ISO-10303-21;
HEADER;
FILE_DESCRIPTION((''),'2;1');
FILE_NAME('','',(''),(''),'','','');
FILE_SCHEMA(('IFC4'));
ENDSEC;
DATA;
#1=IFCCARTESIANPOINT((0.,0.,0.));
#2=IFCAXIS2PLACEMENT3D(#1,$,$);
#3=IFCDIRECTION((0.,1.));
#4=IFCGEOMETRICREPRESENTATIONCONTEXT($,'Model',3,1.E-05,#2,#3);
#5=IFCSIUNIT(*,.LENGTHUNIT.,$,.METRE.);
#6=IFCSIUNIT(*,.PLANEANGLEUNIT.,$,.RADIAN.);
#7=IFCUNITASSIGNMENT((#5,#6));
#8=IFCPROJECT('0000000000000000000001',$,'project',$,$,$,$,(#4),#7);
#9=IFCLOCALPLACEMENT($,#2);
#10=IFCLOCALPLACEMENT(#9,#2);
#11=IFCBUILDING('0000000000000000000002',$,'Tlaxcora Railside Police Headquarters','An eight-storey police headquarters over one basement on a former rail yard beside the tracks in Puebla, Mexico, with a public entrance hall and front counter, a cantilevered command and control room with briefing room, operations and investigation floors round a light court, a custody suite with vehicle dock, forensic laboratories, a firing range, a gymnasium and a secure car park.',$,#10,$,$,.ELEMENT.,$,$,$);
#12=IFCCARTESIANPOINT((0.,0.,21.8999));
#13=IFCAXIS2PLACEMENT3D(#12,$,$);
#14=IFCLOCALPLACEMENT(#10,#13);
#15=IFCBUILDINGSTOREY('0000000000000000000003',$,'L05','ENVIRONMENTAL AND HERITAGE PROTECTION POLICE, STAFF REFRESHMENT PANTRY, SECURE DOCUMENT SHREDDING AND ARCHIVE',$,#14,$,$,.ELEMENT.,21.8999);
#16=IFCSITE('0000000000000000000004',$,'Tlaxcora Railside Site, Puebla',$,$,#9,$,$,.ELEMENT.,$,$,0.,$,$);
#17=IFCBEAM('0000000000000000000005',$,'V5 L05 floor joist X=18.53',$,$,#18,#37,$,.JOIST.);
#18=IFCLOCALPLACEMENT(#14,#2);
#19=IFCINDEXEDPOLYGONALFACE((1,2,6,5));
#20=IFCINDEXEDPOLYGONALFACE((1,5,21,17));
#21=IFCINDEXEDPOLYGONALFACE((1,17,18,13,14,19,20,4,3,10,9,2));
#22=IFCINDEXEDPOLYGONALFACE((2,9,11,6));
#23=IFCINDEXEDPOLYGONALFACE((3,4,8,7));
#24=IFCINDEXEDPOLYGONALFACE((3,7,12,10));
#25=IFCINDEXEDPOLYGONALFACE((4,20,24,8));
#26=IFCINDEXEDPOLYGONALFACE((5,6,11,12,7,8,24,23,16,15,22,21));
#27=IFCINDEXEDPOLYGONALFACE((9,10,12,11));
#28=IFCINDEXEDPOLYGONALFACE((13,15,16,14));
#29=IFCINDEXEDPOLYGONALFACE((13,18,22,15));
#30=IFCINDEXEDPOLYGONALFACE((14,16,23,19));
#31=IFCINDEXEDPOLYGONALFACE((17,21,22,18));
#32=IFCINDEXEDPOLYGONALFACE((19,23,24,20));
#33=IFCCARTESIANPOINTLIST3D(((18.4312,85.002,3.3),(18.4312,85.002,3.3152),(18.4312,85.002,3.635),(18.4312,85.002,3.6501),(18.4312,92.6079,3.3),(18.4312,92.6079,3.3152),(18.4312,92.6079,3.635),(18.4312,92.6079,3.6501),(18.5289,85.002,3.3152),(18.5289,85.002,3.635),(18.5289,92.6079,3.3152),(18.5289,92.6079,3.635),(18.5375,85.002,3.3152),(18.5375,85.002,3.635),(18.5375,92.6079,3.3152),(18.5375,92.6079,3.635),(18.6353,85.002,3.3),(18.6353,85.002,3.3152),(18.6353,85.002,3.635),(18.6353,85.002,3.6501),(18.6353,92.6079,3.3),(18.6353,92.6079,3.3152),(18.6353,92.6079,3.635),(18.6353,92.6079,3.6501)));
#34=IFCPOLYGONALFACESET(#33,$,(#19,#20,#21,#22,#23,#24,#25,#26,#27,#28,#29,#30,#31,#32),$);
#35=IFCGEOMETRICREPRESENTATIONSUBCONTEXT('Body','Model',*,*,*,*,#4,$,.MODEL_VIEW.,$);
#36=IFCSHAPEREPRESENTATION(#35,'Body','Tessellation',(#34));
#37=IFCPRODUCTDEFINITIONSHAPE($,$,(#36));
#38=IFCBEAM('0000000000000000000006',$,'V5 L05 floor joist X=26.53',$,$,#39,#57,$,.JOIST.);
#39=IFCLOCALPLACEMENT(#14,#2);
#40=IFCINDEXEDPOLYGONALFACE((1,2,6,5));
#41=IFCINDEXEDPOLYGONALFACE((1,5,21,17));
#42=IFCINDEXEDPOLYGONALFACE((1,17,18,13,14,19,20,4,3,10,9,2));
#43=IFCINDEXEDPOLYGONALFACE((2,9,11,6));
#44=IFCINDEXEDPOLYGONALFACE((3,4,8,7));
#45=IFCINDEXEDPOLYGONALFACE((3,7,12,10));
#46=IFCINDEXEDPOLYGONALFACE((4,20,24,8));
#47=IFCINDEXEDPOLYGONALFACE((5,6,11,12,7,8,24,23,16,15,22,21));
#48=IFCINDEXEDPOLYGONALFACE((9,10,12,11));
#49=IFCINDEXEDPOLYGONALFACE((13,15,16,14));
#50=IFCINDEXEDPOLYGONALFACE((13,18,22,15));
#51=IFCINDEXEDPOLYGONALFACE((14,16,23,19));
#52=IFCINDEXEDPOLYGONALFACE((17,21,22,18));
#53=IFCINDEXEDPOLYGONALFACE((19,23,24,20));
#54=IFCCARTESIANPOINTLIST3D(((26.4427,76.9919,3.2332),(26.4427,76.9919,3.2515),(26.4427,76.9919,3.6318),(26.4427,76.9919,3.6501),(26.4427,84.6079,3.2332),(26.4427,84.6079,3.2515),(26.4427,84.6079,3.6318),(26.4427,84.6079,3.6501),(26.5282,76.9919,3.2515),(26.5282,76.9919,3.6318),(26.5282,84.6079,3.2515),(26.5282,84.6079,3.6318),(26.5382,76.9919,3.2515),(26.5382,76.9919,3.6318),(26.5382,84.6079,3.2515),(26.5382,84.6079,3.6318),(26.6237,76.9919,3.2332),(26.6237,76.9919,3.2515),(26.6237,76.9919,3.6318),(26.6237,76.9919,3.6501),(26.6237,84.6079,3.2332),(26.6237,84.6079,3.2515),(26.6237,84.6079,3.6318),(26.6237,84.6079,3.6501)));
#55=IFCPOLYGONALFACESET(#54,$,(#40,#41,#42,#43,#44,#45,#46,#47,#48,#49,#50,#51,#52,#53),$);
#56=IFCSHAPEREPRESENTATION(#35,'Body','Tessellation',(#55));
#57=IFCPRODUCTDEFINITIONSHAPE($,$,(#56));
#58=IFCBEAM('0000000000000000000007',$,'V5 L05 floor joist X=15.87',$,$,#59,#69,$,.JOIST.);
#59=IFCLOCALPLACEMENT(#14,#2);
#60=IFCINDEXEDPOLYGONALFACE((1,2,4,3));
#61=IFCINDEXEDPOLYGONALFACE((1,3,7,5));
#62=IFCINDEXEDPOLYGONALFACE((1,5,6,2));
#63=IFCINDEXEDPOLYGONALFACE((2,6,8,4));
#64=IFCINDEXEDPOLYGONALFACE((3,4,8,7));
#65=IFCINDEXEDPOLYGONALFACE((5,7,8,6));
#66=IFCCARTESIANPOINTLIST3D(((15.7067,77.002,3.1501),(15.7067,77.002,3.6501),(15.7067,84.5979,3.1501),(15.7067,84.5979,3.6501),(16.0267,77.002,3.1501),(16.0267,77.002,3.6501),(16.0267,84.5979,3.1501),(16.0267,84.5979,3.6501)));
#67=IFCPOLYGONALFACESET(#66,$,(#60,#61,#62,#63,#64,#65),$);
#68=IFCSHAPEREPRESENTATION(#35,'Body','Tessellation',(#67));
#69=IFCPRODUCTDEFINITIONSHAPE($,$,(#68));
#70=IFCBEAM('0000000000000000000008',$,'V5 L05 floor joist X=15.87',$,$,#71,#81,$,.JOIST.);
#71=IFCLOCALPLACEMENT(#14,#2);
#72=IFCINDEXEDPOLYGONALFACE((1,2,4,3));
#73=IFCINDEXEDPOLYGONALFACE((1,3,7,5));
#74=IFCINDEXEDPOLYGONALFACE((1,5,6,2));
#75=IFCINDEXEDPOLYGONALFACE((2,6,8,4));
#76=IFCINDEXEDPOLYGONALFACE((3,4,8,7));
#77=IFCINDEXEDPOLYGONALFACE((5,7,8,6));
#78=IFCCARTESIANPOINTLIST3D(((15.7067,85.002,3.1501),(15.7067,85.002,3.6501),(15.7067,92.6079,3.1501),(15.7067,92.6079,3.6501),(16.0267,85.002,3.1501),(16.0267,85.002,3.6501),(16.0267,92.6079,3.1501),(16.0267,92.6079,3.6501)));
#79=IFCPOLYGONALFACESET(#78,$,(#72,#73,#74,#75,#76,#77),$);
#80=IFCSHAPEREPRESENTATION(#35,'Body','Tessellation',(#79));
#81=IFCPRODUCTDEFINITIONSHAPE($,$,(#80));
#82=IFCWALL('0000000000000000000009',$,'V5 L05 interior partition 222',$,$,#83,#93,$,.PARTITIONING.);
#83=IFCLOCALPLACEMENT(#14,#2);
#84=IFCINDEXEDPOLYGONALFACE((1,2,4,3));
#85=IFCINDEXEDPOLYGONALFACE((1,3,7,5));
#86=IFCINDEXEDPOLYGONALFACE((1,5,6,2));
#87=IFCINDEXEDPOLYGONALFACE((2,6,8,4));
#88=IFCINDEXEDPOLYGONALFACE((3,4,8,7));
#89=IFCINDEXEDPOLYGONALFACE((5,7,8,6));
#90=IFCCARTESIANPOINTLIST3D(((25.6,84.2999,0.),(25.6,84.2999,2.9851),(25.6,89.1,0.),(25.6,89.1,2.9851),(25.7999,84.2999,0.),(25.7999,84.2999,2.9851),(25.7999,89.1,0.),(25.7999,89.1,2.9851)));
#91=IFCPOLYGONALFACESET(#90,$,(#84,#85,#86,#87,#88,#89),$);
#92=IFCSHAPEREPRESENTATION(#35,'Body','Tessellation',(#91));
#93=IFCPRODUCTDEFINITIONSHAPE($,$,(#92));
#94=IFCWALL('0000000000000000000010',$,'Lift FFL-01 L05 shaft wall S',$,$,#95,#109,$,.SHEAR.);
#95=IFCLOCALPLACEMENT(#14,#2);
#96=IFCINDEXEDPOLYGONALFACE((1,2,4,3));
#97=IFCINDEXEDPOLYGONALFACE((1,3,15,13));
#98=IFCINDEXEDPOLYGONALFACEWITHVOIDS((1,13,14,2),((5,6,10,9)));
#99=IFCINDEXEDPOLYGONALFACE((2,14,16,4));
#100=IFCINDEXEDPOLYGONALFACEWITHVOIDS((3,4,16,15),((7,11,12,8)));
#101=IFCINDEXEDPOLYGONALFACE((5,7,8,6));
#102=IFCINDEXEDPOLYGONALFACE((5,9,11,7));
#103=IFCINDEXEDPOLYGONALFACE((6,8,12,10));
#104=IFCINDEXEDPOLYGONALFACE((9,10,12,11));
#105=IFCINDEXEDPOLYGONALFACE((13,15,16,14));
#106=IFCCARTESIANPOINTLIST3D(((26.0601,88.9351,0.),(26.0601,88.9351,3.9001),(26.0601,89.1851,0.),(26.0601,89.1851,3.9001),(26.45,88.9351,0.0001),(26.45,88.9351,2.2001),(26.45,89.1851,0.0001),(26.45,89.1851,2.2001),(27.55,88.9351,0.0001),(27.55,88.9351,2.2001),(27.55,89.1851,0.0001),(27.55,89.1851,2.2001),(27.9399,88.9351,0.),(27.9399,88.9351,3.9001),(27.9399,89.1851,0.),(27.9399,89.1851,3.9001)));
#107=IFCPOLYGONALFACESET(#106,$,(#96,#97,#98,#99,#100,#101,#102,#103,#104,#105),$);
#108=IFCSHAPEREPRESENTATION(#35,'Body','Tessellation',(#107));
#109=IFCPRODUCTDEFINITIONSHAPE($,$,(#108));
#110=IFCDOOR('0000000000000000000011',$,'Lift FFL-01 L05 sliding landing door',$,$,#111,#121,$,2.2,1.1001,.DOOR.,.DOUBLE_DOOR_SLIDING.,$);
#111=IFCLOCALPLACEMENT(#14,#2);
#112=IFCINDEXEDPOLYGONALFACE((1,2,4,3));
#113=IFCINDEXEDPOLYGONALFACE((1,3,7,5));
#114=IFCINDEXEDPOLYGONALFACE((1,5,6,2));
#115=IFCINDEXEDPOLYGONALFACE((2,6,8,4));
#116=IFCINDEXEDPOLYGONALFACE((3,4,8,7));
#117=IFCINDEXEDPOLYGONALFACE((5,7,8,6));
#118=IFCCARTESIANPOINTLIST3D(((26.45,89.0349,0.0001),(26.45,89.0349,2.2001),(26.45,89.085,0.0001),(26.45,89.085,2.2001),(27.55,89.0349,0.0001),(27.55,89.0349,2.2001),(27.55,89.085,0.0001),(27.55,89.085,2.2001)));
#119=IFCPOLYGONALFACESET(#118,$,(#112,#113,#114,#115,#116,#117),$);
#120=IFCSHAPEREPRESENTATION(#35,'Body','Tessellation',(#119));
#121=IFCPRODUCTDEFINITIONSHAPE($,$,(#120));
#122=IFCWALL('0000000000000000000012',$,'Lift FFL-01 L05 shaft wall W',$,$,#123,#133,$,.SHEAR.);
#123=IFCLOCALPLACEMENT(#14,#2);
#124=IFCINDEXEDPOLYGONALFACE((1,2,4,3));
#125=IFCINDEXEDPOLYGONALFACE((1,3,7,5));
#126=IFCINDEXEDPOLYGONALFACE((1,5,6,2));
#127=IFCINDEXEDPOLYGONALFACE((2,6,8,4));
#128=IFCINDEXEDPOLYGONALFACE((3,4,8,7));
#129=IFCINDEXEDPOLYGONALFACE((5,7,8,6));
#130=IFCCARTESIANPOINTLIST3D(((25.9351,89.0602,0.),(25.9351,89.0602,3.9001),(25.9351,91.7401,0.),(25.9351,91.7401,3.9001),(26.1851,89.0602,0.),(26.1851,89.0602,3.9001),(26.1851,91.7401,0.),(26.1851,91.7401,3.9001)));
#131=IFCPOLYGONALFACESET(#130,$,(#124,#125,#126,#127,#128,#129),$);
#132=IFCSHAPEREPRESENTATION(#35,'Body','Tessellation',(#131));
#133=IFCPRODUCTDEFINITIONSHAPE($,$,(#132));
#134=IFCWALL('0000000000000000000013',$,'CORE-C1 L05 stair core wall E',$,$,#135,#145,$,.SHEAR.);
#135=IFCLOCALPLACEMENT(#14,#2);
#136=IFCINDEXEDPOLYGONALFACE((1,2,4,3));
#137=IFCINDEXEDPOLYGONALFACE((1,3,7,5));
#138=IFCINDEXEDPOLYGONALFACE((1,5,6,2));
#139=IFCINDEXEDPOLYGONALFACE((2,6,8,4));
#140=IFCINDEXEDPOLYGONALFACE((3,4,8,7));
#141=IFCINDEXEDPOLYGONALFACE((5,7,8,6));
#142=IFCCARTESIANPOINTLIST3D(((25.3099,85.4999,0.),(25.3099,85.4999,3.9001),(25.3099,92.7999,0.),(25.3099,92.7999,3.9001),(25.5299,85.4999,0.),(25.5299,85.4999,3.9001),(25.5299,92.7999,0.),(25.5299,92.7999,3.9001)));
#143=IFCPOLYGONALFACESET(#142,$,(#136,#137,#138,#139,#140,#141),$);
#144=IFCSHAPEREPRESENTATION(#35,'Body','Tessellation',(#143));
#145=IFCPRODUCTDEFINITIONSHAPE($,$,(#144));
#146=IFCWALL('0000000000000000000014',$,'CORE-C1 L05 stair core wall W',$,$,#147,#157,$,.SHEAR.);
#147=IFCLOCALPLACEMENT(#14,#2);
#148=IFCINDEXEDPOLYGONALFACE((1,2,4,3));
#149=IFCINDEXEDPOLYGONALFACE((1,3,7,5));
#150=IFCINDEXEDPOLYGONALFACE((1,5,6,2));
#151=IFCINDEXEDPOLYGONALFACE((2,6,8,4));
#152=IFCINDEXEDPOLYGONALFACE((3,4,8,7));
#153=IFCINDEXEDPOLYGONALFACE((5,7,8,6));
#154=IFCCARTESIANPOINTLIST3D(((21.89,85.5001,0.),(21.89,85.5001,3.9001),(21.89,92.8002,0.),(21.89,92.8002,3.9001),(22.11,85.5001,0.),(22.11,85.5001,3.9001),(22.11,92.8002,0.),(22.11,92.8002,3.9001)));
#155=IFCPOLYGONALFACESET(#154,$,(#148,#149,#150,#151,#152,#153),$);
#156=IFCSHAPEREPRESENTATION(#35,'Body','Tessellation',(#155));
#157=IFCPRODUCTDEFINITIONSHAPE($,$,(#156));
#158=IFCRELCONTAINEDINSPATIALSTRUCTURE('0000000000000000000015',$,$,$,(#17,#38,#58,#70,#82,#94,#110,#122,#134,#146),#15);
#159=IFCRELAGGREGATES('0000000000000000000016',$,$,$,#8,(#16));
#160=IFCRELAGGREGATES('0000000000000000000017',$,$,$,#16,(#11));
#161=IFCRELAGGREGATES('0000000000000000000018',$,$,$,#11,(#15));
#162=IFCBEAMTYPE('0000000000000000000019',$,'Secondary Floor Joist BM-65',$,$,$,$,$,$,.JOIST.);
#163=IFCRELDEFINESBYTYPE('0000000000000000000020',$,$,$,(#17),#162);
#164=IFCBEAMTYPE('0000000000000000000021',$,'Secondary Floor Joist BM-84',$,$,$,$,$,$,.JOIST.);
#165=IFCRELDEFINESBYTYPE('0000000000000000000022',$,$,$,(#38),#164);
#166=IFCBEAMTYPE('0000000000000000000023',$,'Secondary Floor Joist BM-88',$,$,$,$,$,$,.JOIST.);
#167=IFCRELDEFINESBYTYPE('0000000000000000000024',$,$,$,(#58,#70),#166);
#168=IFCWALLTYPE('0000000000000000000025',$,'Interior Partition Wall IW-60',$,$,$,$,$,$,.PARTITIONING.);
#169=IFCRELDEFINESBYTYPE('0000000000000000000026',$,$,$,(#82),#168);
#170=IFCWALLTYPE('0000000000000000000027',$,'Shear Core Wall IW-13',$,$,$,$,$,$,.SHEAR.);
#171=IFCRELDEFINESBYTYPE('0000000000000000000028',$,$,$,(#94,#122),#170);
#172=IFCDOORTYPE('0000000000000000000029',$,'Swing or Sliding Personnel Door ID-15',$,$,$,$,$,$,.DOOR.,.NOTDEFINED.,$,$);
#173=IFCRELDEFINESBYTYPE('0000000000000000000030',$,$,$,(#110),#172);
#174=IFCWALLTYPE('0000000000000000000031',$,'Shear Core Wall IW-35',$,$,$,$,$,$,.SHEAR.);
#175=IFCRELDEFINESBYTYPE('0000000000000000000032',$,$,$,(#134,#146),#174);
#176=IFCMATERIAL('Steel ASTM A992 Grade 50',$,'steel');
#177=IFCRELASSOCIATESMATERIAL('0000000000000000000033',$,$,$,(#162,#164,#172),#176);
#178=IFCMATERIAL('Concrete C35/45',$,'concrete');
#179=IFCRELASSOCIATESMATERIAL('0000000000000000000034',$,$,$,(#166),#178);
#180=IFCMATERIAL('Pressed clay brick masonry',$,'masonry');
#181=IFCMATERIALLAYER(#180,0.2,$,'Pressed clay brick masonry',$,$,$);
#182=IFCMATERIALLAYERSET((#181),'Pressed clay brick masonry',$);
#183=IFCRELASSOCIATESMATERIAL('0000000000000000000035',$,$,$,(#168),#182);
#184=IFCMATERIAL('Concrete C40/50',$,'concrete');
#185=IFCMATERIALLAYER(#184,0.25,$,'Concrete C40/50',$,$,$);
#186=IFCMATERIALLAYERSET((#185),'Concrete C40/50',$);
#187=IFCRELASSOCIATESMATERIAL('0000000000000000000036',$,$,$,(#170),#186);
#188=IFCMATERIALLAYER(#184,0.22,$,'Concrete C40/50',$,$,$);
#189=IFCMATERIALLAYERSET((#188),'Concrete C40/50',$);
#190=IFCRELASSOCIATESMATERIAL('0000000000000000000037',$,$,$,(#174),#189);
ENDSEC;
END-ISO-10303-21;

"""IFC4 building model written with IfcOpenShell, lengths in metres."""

from ifc_helpers import new_model, si_unit, direction, frame, frame_2d, origin, origin_2d, place, context, subcontext, project, spatial, rectangle, i_section, extrude, material, layer, layer_set, material_profile, profile_set, type_object, element, fill, save


model = new_model("IFC4")

# Units and contexts
model_context = context("Model", 3, precision=1e-05, world=origin(), true_north=direction((0.0, 1.0)))
body_context = subcontext(model_context, "Body", "Model", "MODEL_VIEW")
ifc_project = project(units=[si_unit("LENGTHUNIT", "METRE"), si_unit("PLANEANGLEUNIT", "RADIAN")], contexts=[model_context])

# Site, building, storey
site_placement = place(None, origin())
site = spatial("IfcSite", under=ifc_project, at=site_placement, Name="Tlaxcora Railside Site, Puebla", CompositionType="ELEMENT", RefElevation=0.0)
building_placement = place(site_placement, origin())
building = spatial("IfcBuilding", under=site, at=building_placement, Name="Tlaxcora Railside Police Headquarters", Description="An eight-storey police headquarters over one basement on a former rail yard beside the tracks in Puebla, Mexico, with a public entrance hall and front counter, a cantilevered command and control room with briefing room, operations and investigation floors round a light court, a custody suite with vehicle dock, forensic laboratories, a firing range, a gymnasium and a secure car park.", CompositionType="ELEMENT")
storey_placement = place(building_placement, frame((0.0, 0.0, 21.8999)))
storey = spatial("IfcBuildingStorey", under=building, at=storey_placement, Name="L05", Description="ENVIRONMENTAL AND HERITAGE PROTECTION POLICE, STAFF REFRESHMENT PANTRY, SECURE DOCUMENT SHREDDING AND ARCHIVE", CompositionType="ELEMENT", Elevation=21.8999)

# Shared definitions
ifc_material_1 = material(Name="Concrete C40/50", Category="concrete")

# Beams
ifc_material_2 = material(Name="Steel ASTM A992 Grade 50", Category="steel")
ifc_material_profile_1 = material_profile(ifc_material_2, i_section(OverallWidth=0.2041, OverallDepth=0.3501, WebThickness=0.0085, FlangeThickness=0.0151, at=origin_2d()), Name="W14X48")
ifc_profile_set_1 = profile_set([ifc_material_profile_1], Name="Steel ASTM A992 Grade 50")
beam_type_1 = type_object("IfcBeamType", Name="Secondary Floor Joist BM-65", PredefinedType="JOIST", material=ifc_profile_set_1)
beam_1_placement = place(storey_placement, frame((18.5332, 85.002, 3.4751), z_axis=(0.0, 1.0, 0.0), x_axis=(-1.0, 0.0, 0.0)))
element("IfcBeam", 1, at=beam_1_placement, inside=storey, type_object=beam_type_1, Name="V5 L05 floor joist X=18.53", PredefinedType="JOIST", context=body_context, shape_type="SweptSolid", body=[
    extrude(i_section(OverallWidth=0.2041, OverallDepth=0.3501, WebThickness=0.0085, FlangeThickness=0.0151, at=origin_2d()), origin(), (0.0, 0.0, 1.0), 7.606),
])
ifc_material_profile_2 = material_profile(ifc_material_2, i_section(OverallWidth=0.1809, OverallDepth=0.417, WebThickness=0.01, FlangeThickness=0.0183, at=origin_2d()), Name="W16X57")
ifc_profile_set_2 = profile_set([ifc_material_profile_2], Name="Steel ASTM A992 Grade 50")
beam_type_2 = type_object("IfcBeamType", Name="Secondary Floor Joist BM-84", PredefinedType="JOIST", material=ifc_profile_set_2)
beam_2_placement = place(storey_placement, frame((26.5332, 76.9919, 3.4417), z_axis=(0.0, 1.0, 0.0), x_axis=(-1.0, 0.0, 0.0)))
element("IfcBeam", 2, at=beam_2_placement, inside=storey, type_object=beam_type_2, Name="V5 L05 floor joist X=26.53", PredefinedType="JOIST", context=body_context, shape_type="SweptSolid", body=[
    extrude(i_section(OverallWidth=0.1809, OverallDepth=0.417, WebThickness=0.01, FlangeThickness=0.0183, at=origin_2d()), origin(), (0.0, 0.0, 1.0), 7.616),
])
ifc_material_3 = material(Name="Concrete C35/45", Category="concrete")
ifc_material_profile_3 = material_profile(ifc_material_3, rectangle(XDim=0.3201, YDim=0.5, at=origin_2d()), Name="RC320X500")
ifc_profile_set_3 = profile_set([ifc_material_profile_3], Name="Concrete C35/45")
beam_type_3 = type_object("IfcBeamType", Name="Secondary Floor Joist BM-88", PredefinedType="JOIST", material=ifc_profile_set_3)
beam_3_placement = place(storey_placement, frame((15.8667, 77.002, 3.4001), z_axis=(0.0, 1.0, 0.0), x_axis=(-1.0, 0.0, 0.0)))
element("IfcBeam", 3, at=beam_3_placement, inside=storey, type_object=beam_type_3, Name="V5 L05 floor joist X=15.87", PredefinedType="JOIST", context=body_context, shape_type="SweptSolid", body=[
    extrude(rectangle(XDim=0.3201, YDim=0.5, at=origin_2d()), origin(), (0.0, 0.0, 1.0), 7.5959),
])
beam_4_placement = place(storey_placement, frame((15.8667, 85.002, 3.4001), z_axis=(0.0, 1.0, 0.0), x_axis=(-1.0, 0.0, 0.0)))
element("IfcBeam", 4, at=beam_4_placement, inside=storey, type_object=beam_type_3, Name="V5 L05 floor joist X=15.87", PredefinedType="JOIST", context=body_context, shape_type="SweptSolid", body=[
    extrude(rectangle(XDim=0.3201, YDim=0.5, at=origin_2d()), origin(), (0.0, 0.0, 1.0), 7.606),
])

# Shared definitions
ifc_material_4 = material(Name="Pressed clay brick masonry", Category="masonry")
ifc_layer_1 = layer(ifc_material_4, 0.2, Name="Pressed clay brick masonry")
ifc_layer_set_1 = layer_set([ifc_layer_1], Name="Pressed clay brick masonry")
wall_type_1 = type_object("IfcWallType", Name="Interior Partition Wall IW-60", PredefinedType="PARTITIONING", material=ifc_layer_set_1)

# Wall
wall_1_placement = place(storey_placement, frame((25.7, 84.3, 0.0), z_axis=(0.0, 0.0, 1.0), x_axis=(0.0, 1.0, 0.0)))
element("IfcWall", 5, at=wall_1_placement, inside=storey, type_object=wall_type_1, Name="V5 L05 interior partition 222", PredefinedType="PARTITIONING", context=body_context, shape_type="SweptSolid", body=[
    extrude(rectangle(XDim=4.8, YDim=0.2, at=frame_2d((2.3999, 0.0))), origin(), (0.0, 0.0, 1.0), 2.9851),
])

# Wall, opening, door
ifc_layer_2 = layer(ifc_material_1, 0.25, Name="Concrete C40/50")
ifc_layer_set_2 = layer_set([ifc_layer_2], Name="Concrete C40/50")
wall_type_2 = type_object("IfcWallType", Name="Shear Core Wall IW-13", PredefinedType="SHEAR", material=ifc_layer_set_2)
wall_2_placement = place(storey_placement, frame((26.0601, 89.0601, 0.0), z_axis=(0.0, 0.0, 1.0), x_axis=(1.0, 0.0, 0.0)))
wall_2 = element("IfcWall", 6, at=wall_2_placement, inside=storey, type_object=wall_type_2, Name="Lift FFL-01 L05 shaft wall S", PredefinedType="SHEAR", context=body_context, shape_type="SweptSolid", body=[
    extrude(rectangle(XDim=1.8799, YDim=0.25, at=frame_2d((0.9399, 0.0))), origin(), (0.0, 0.0, 1.0), 3.9001),
])
opening_1_placement = place(wall_2_placement, frame((0.3899, 0.0, 0.0)))
opening_1 = element("IfcOpeningElement", 7, at=opening_1_placement, cuts=wall_2, PredefinedType="OPENING", context=body_context, shape_type="SweptSolid", body=[
    extrude(rectangle(XDim=1.1001, YDim=2.2, at=frame_2d((0.55, 1.1001))), frame((0.0, 0.135, 0.0), z_axis=(0.0, -1.0, 0.0), x_axis=(1.0, 0.0, 0.0)), (0.0, 0.0, 1.0), 0.27),
])
door_type_1 = type_object("IfcDoorType", Name="Swing or Sliding Personnel Door ID-15", OperationType="NOTDEFINED", PredefinedType="DOOR", material=ifc_material_2)
door_1_placement = place(opening_1_placement, origin())
door_1 = element("IfcDoor", 8, at=door_1_placement, inside=storey, type_object=door_type_1, Name="Lift FFL-01 L05 sliding landing door", OperationType="DOUBLE_DOOR_SLIDING", OverallHeight=2.2, OverallWidth=1.1001, PredefinedType="DOOR", context=body_context, shape_type="SweptSolid", body=[
    extrude(rectangle(XDim=1.1001, YDim=2.2, at=frame_2d((0.55, 1.1001))), frame((0.0, 0.0249, 0.0), z_axis=(0.0, -1.0, 0.0), x_axis=(1.0, 0.0, 0.0)), (0.0, 0.0, 1.0), 0.05),
])
fill(opening_1, door_1)

# Wall
wall_3_placement = place(storey_placement, frame((26.0601, 91.74, 0.0), z_axis=(0.0, 0.0, 1.0), x_axis=(0.0, -1.0, 0.0)))
element("IfcWall", 9, at=wall_3_placement, inside=storey, type_object=wall_type_2, Name="Lift FFL-01 L05 shaft wall W", PredefinedType="SHEAR", context=body_context, shape_type="SweptSolid", body=[
    extrude(rectangle(XDim=2.6799, YDim=0.25, at=frame_2d((1.3398, 0.0))), origin(), (0.0, 0.0, 1.0), 3.9001),
])

# Shared definitions
ifc_layer_3 = layer(ifc_material_1, 0.22, Name="Concrete C40/50")
ifc_layer_set_3 = layer_set([ifc_layer_3], Name="Concrete C40/50")
wall_type_3 = type_object("IfcWallType", Name="Shear Core Wall IW-35", PredefinedType="SHEAR", material=ifc_layer_set_3)

# Walls
for number, where, z_axis, x_axis, name in (
    (10, (25.4199, 85.5, 0.0), (0.0, 0.0, 1.0), (0.0, 1.0, 0.0), "CORE-C1 L05 stair core wall E"),
    (11, (22.0, 92.8, 0.0), (0.0, 0.0, 1.0), (0.0, -1.0, 0.0), "CORE-C1 L05 stair core wall W"),
):
    element("IfcWall", number, at=place(storey_placement, frame(where, z_axis=z_axis, x_axis=x_axis)), inside=storey, type_object=wall_type_3, Name=name, PredefinedType="SHEAR", context=body_context, shape_type="SweptSolid", body=[
        extrude(rectangle(XDim=7.3, YDim=0.22, at=frame_2d((3.6499, 0.0))), origin(), (0.0, 0.0, 1.0), 3.9001),
    ])

save(model, "model.ifc")
